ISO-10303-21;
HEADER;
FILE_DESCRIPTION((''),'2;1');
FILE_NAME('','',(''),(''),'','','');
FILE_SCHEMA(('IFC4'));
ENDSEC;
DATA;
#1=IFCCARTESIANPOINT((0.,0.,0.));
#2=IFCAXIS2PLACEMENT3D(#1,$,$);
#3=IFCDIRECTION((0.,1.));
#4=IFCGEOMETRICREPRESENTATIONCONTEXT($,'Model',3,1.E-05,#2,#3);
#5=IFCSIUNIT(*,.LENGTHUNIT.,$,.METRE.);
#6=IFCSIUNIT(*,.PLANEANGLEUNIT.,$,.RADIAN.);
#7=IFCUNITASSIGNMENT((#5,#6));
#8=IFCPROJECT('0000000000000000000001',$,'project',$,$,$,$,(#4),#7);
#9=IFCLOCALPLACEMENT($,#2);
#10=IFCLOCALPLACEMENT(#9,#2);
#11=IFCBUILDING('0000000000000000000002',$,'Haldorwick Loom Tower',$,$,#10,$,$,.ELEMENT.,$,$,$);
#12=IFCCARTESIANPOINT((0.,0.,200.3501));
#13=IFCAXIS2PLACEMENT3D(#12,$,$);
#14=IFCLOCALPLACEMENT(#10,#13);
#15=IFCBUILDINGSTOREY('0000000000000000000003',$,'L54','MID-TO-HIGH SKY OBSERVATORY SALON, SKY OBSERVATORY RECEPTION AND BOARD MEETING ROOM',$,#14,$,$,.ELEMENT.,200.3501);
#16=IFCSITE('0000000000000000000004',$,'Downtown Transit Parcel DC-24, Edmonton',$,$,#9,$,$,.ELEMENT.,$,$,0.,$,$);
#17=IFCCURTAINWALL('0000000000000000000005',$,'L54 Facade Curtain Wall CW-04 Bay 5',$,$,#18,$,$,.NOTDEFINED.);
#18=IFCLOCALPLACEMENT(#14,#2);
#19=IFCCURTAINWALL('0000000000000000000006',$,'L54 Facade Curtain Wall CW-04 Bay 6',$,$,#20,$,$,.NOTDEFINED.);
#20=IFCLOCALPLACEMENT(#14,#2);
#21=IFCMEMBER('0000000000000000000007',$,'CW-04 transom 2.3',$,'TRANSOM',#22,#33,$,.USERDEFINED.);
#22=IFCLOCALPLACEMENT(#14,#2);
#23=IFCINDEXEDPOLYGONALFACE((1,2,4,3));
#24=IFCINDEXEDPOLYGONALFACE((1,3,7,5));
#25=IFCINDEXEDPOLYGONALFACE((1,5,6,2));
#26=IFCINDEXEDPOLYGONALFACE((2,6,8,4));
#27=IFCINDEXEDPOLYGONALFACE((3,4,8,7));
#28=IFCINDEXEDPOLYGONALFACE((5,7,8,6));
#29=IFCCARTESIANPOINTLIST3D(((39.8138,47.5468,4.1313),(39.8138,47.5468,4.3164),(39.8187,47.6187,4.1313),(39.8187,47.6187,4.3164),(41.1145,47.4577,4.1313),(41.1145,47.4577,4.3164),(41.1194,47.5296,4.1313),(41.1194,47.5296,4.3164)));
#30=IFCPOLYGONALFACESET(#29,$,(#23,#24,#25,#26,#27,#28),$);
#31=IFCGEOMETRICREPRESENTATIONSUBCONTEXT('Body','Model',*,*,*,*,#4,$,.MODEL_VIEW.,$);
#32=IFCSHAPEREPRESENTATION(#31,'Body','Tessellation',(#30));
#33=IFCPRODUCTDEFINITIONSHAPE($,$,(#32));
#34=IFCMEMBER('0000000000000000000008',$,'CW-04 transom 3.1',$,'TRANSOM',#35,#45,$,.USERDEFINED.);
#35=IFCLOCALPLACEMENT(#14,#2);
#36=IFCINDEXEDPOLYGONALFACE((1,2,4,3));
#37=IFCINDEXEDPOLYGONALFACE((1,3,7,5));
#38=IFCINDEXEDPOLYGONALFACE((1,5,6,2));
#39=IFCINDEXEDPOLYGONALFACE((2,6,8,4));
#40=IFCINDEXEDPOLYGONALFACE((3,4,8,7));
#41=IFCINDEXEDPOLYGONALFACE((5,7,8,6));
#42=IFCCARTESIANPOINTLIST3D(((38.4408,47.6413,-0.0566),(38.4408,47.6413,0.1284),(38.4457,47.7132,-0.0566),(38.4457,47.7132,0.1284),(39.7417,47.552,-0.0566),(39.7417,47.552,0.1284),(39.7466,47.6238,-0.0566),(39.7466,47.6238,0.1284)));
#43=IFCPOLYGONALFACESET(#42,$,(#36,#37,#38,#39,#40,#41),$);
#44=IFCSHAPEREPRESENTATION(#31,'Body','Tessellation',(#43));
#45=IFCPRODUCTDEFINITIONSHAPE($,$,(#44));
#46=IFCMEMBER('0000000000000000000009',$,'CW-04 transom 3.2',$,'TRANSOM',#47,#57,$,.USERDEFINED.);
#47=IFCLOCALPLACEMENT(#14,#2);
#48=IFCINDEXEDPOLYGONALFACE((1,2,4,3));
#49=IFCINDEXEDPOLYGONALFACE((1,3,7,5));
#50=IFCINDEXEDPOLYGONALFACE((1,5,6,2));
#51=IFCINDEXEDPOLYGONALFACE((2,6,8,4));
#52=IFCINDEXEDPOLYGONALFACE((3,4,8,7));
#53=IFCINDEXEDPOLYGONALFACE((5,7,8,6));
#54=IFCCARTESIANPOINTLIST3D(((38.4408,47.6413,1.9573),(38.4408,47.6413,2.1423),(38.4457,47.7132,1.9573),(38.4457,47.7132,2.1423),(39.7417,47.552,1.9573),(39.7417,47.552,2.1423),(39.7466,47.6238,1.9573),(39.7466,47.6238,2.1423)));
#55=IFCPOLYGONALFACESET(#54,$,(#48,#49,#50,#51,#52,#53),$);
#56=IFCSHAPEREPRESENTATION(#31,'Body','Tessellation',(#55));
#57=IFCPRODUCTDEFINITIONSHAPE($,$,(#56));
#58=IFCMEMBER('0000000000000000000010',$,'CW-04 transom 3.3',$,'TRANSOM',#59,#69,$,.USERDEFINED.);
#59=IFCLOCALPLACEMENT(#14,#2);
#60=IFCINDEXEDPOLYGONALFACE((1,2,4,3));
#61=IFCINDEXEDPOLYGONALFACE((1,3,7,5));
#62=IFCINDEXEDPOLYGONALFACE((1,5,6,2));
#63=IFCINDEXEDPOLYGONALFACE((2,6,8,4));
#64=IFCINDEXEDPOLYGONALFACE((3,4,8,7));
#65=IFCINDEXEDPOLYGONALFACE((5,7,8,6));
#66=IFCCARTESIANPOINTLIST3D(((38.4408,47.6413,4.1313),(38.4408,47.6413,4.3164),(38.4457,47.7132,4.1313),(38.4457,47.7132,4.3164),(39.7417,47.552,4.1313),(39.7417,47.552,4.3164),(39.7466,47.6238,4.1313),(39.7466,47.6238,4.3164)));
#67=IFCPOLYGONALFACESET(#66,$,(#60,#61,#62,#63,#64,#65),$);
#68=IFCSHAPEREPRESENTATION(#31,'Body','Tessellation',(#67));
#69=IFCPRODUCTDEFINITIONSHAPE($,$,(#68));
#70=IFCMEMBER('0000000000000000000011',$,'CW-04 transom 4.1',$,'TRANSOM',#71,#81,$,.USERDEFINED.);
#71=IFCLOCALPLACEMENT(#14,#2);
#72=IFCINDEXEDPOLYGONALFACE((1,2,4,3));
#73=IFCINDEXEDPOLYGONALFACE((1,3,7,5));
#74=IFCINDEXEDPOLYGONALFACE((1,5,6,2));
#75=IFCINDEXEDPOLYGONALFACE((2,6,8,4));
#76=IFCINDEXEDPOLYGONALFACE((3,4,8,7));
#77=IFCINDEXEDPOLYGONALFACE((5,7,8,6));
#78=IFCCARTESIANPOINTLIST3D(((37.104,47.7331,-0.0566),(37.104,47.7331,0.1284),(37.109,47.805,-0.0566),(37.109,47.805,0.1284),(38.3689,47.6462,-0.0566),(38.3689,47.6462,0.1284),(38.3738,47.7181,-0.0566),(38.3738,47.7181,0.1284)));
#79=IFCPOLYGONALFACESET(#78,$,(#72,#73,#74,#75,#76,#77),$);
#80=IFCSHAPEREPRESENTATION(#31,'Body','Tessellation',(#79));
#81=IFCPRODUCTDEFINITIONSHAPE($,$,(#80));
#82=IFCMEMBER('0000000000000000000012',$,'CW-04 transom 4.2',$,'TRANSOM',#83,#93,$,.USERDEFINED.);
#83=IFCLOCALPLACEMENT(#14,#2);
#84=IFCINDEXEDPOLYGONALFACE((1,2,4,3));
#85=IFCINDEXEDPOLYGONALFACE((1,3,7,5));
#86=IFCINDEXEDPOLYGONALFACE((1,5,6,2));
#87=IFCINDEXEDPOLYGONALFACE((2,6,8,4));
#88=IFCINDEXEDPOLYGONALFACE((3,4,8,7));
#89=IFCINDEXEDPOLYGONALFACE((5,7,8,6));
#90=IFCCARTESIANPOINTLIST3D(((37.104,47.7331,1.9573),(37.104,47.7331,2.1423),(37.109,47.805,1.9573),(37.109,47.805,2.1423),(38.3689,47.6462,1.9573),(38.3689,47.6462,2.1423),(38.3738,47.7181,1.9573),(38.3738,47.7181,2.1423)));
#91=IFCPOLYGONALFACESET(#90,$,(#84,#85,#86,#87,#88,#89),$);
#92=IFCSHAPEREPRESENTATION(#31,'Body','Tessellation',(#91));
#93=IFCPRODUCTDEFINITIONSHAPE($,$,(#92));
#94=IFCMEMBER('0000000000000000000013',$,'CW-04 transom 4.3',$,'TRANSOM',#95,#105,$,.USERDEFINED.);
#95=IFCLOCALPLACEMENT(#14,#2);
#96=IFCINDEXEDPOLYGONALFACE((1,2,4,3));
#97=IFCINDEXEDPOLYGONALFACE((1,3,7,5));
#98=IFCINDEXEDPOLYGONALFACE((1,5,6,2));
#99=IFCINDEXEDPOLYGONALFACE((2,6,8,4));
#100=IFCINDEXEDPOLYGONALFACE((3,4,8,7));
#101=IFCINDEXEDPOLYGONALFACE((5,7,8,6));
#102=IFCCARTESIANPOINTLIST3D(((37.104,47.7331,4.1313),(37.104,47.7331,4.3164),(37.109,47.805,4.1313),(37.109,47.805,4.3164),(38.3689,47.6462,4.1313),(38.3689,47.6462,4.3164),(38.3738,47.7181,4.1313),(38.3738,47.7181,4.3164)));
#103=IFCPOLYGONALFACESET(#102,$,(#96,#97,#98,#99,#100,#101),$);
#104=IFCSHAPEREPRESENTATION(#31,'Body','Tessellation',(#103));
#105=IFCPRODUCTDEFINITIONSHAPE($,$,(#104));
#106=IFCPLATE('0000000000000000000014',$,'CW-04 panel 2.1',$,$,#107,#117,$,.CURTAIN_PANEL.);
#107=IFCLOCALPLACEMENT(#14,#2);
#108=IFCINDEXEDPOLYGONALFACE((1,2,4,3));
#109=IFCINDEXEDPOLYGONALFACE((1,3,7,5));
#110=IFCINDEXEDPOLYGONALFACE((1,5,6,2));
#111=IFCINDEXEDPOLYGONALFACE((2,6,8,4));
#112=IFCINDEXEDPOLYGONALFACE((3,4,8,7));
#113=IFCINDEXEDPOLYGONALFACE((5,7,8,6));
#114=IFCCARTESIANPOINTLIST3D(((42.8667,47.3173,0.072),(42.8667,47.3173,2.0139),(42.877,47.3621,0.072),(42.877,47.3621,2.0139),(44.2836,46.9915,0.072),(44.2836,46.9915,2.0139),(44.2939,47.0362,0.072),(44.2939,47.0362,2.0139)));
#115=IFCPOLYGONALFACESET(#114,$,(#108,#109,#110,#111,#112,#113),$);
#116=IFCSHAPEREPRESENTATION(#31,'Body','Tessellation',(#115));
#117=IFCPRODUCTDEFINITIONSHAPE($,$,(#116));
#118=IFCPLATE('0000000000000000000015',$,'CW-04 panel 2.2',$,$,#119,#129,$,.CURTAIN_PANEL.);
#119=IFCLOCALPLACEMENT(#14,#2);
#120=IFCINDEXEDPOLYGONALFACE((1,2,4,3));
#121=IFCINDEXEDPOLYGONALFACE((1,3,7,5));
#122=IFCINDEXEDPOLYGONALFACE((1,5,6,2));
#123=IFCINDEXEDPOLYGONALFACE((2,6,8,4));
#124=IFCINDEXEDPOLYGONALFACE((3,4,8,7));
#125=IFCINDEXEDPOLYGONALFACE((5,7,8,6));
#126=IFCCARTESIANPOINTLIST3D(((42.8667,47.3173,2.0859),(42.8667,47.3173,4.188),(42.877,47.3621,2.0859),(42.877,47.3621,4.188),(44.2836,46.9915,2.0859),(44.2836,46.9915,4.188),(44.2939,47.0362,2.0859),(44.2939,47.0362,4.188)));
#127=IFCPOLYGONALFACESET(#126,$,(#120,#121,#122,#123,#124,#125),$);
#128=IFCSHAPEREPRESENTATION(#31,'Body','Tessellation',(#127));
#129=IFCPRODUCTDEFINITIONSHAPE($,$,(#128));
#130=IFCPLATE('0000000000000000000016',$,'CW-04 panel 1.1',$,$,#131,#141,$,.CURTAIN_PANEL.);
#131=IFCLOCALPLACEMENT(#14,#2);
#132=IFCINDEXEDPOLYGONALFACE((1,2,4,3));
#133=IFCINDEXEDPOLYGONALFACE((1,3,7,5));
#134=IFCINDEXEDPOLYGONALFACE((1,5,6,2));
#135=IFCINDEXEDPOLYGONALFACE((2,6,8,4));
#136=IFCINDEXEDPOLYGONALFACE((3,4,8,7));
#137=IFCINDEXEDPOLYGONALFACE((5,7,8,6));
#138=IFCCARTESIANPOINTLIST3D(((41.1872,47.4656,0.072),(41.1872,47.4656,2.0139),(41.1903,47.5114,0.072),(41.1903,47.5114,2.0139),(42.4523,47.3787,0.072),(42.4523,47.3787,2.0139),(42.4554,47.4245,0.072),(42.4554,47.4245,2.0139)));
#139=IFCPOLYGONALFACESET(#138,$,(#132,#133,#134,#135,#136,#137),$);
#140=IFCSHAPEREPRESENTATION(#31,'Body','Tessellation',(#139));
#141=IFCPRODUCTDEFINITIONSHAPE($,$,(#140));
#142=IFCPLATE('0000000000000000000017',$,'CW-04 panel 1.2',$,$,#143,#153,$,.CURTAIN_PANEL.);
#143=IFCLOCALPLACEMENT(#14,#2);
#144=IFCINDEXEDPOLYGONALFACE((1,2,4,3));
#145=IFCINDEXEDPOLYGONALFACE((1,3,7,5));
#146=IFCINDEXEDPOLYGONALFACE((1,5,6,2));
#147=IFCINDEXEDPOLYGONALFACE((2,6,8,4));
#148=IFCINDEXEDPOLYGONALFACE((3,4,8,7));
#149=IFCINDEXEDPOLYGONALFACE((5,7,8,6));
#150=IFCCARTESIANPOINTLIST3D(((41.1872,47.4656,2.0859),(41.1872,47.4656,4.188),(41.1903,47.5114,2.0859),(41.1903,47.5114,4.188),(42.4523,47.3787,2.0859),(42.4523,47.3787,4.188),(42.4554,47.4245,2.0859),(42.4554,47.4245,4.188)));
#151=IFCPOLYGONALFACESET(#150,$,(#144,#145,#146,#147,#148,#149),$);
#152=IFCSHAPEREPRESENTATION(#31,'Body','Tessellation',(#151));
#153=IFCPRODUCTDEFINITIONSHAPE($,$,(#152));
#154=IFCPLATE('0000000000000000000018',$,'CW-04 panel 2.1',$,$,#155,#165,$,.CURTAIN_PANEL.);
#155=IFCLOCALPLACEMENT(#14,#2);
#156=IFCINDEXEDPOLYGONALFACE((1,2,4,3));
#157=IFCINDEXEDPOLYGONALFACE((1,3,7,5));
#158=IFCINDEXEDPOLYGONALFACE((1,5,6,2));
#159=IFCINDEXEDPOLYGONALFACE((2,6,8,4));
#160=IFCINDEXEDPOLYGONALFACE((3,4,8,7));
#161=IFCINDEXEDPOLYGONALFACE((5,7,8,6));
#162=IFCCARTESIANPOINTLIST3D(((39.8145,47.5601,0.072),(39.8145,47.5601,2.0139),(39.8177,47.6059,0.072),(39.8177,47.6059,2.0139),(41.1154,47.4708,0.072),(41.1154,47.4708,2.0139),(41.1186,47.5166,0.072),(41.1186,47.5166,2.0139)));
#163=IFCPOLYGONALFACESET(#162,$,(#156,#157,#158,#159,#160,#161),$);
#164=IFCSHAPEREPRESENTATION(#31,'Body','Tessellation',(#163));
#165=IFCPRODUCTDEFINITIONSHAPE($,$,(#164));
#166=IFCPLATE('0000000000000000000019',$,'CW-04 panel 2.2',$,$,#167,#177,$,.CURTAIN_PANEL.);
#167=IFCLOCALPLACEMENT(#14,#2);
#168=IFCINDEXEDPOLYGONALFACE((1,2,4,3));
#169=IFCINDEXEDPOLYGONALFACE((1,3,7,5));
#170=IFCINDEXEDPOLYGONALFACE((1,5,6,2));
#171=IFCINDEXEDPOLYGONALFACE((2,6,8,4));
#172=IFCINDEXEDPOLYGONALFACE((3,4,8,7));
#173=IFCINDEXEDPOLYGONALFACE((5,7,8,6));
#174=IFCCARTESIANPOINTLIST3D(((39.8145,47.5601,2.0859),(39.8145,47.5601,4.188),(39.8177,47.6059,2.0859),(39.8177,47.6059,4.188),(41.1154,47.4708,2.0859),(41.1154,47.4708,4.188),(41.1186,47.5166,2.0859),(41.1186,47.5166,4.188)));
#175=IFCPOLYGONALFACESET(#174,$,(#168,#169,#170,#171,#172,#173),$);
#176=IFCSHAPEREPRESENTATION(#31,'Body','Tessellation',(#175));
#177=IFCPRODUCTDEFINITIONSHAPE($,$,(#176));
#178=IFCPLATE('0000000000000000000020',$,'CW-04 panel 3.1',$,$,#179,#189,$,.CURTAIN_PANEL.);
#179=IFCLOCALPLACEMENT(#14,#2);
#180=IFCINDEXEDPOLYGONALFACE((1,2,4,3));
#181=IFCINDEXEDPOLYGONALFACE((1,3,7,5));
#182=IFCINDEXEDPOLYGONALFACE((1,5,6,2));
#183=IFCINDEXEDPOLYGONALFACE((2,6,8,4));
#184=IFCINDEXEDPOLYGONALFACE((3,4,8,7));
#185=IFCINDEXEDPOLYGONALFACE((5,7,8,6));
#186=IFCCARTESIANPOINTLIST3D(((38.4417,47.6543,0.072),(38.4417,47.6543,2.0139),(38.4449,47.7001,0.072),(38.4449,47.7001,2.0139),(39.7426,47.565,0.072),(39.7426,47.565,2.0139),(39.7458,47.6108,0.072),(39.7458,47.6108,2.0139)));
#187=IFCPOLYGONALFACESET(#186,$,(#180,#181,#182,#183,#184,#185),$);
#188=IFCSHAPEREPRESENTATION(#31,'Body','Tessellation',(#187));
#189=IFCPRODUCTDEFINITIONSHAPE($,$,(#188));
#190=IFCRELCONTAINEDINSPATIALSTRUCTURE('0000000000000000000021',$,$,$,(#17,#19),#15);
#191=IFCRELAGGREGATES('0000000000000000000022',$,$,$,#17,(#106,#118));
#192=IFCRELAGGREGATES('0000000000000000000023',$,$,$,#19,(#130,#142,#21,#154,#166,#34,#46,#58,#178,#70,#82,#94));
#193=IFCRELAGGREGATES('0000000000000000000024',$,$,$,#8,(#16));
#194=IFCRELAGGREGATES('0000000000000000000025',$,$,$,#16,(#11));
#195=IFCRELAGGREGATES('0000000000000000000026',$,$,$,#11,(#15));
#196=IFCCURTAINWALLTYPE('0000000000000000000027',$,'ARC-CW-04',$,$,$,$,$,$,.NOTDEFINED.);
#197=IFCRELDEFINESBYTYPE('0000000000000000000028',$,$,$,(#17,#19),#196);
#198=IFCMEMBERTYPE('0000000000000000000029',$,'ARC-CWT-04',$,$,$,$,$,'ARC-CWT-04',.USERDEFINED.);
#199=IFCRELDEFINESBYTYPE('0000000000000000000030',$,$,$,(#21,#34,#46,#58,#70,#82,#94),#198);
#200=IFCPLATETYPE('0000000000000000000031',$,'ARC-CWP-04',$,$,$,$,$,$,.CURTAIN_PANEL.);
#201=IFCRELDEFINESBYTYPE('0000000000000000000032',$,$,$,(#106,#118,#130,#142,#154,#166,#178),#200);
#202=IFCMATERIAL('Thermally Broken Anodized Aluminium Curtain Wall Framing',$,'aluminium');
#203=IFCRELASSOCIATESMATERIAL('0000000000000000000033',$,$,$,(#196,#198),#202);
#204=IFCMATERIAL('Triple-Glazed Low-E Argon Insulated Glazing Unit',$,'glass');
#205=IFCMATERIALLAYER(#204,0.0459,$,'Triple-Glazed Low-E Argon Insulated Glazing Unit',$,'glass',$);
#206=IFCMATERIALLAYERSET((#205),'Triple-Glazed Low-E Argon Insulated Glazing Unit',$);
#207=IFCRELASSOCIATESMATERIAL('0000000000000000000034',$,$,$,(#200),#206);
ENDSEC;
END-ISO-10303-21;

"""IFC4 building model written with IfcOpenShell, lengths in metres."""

from ifc_helpers import new_model, si_unit, direction, frame, origin, origin_2d, place, context, subcontext, project, spatial, rectangle, extrude, material, layer, layer_set, material_profile, profile_set, type_object, element, aggregate, save


model = new_model("IFC4")

# Units and contexts
model_context = context("Model", 3, precision=1e-05, world=origin(), true_north=direction((0.0, 1.0)))
body_context = subcontext(model_context, "Body", "Model", "MODEL_VIEW")
ifc_project = project(units=[si_unit("LENGTHUNIT", "METRE"), si_unit("PLANEANGLEUNIT", "RADIAN")], contexts=[model_context])

# Site, building, storey
site_placement = place(None, origin())
site = spatial("IfcSite", under=ifc_project, at=site_placement, Name="Downtown Transit Parcel DC-24, Edmonton", CompositionType="ELEMENT", RefElevation=0.0)
building_placement = place(site_placement, origin())
building = spatial("IfcBuilding", under=site, at=building_placement, Name="Haldorwick Loom Tower", CompositionType="ELEMENT")
storey_placement = place(building_placement, frame((0.0, 0.0, 200.3501)))
storey = spatial("IfcBuildingStorey", under=building, at=storey_placement, Name="L54", Description="MID-TO-HIGH SKY OBSERVATORY SALON, SKY OBSERVATORY RECEPTION AND BOARD MEETING ROOM", CompositionType="ELEMENT", Elevation=200.3501)

# Curtain wall
ifc_material_1 = material(Name="Thermally Broken Anodized Aluminium Curtain Wall Framing", Category="aluminium")
curtain_wall_type = type_object("IfcCurtainWallType", Name="ARC-CW-04", PredefinedType="NOTDEFINED", material=ifc_material_1)
curtain_wall_1_placement = place(storey_placement, origin())
curtain_wall_1 = element("IfcCurtainWall", 1, at=curtain_wall_1_placement, inside=storey, type_object=curtain_wall_type, Name="L54 Facade Curtain Wall CW-04 Bay 5", PredefinedType="NOTDEFINED")

# Curtain wall
curtain_wall_2_placement = place(storey_placement, origin())
curtain_wall_2 = element("IfcCurtainWall", 2, at=curtain_wall_2_placement, inside=storey, type_object=curtain_wall_type, Name="L54 Facade Curtain Wall CW-04 Bay 6", PredefinedType="NOTDEFINED")

# Members
ifc_material_profile_1 = material_profile(ifc_material_1, rectangle(XDim=0.072, YDim=0.1851, at=origin_2d()), Name="ALU_TRN_72X185", Category="aluminium")
ifc_profile_set_1 = profile_set([ifc_material_profile_1], Name="Thermally Broken Anodized Aluminium Curtain Wall Framing")
member_type_1 = type_object("IfcMemberType", Name="ARC-CWT-04", ElementType="ARC-CWT-04", PredefinedType="USERDEFINED", material=ifc_profile_set_1)
member_1_placement = place(storey_placement, frame((41.1169, 47.4937, 4.2239), z_axis=(-0.997662, 0.068346, 0.0), x_axis=(-0.068346, -0.997662, 0.0)))
member_1 = element("IfcMember", 3, at=member_1_placement, type_object=member_type_1, Name="CW-04 transom 2.3", ObjectType="TRANSOM", PredefinedType="USERDEFINED", context=body_context, shape_type="SweptSolid", body=[
    extrude(rectangle(XDim=0.072, YDim=0.1851, at=origin_2d()), origin(), (0.0, 0.0, 1.0), 1.3037),
])
member_2_placement = place(storey_placement, frame((39.7441, 47.5879, 0.0359), z_axis=(-0.997649, 0.068532, 0.0), x_axis=(-0.068532, -0.997649, 0.0)))
member_2 = element("IfcMember", 4, at=member_2_placement, type_object=member_type_1, Name="CW-04 transom 3.1", ObjectType="TRANSOM", PredefinedType="USERDEFINED", context=body_context, shape_type="SweptSolid", body=[
    extrude(rectangle(XDim=0.072, YDim=0.1851, at=origin_2d()), origin(), (0.0, 0.0, 1.0), 1.304),
])
member_3_placement = place(storey_placement, frame((39.7441, 47.5879, 2.0498), z_axis=(-0.997649, 0.068532, 0.0), x_axis=(-0.068532, -0.997649, 0.0)))
member_3 = element("IfcMember", 5, at=member_3_placement, type_object=member_type_1, Name="CW-04 transom 3.2", ObjectType="TRANSOM", PredefinedType="USERDEFINED", context=body_context, shape_type="SweptSolid", body=[
    extrude(rectangle(XDim=0.072, YDim=0.1851, at=origin_2d()), origin(), (0.0, 0.0, 1.0), 1.304),
])
member_4_placement = place(storey_placement, frame((39.7441, 47.5879, 4.2239), z_axis=(-0.997649, 0.068532, 0.0), x_axis=(-0.068532, -0.997649, 0.0)))
member_4 = element("IfcMember", 6, at=member_4_placement, type_object=member_type_1, Name="CW-04 transom 3.3", ObjectType="TRANSOM", PredefinedType="USERDEFINED", context=body_context, shape_type="SweptSolid", body=[
    extrude(rectangle(XDim=0.072, YDim=0.1851, at=origin_2d()), origin(), (0.0, 0.0, 1.0), 1.304),
])
member_5_placement = place(storey_placement, frame((38.3713, 47.6821, 0.0359), z_axis=(-0.997648, 0.068551, 0.0), x_axis=(-0.068551, -0.997648, 0.0)))
member_5 = element("IfcMember", 7, at=member_5_placement, type_object=member_type_1, Name="CW-04 transom 4.1", ObjectType="TRANSOM", PredefinedType="USERDEFINED", context=body_context, shape_type="SweptSolid", body=[
    extrude(rectangle(XDim=0.072, YDim=0.1851, at=origin_2d()), origin(), (0.0, 0.0, 1.0), 1.2678),
])
member_6_placement = place(storey_placement, frame((38.3713, 47.6821, 2.0498), z_axis=(-0.997648, 0.068551, 0.0), x_axis=(-0.068551, -0.997648, 0.0)))
member_6 = element("IfcMember", 8, at=member_6_placement, type_object=member_type_1, Name="CW-04 transom 4.2", ObjectType="TRANSOM", PredefinedType="USERDEFINED", context=body_context, shape_type="SweptSolid", body=[
    extrude(rectangle(XDim=0.072, YDim=0.1851, at=origin_2d()), origin(), (0.0, 0.0, 1.0), 1.2678),
])
member_7_placement = place(storey_placement, frame((38.3713, 47.6821, 4.2239), z_axis=(-0.997648, 0.068551, 0.0), x_axis=(-0.068551, -0.997648, 0.0)))
member_7 = element("IfcMember", 9, at=member_7_placement, type_object=member_type_1, Name="CW-04 transom 4.3", ObjectType="TRANSOM", PredefinedType="USERDEFINED", context=body_context, shape_type="SweptSolid", body=[
    extrude(rectangle(XDim=0.072, YDim=0.1851, at=origin_2d()), origin(), (0.0, 0.0, 1.0), 1.2678),
])

# Plates
ifc_material_2 = material(Name="Triple-Glazed Low-E Argon Insulated Glazing Unit", Category="glass")
ifc_layer = layer(ifc_material_2, 0.0459, Name="Triple-Glazed Low-E Argon Insulated Glazing Unit", Category="glass")
ifc_layer_set = layer_set([ifc_layer], Name="Triple-Glazed Low-E Argon Insulated Glazing Unit")
plate_type = type_object("IfcPlateType", Name="ARC-CWP-04", PredefinedType="CURTAIN_PANEL", material=ifc_layer_set)
plate_1_placement = place(storey_placement, frame((43.5803, 47.1768, 0.072), z_axis=(0.0, 0.0, 1.0), x_axis=(-0.974557, 0.224142, 0.0)))
plate_1 = element("IfcPlate", 10, at=plate_1_placement, type_object=plate_type, Name="CW-04 panel 2.1", PredefinedType="CURTAIN_PANEL", context=body_context, shape_type="SweptSolid", body=[
    extrude(rectangle(XDim=1.4539, YDim=0.0459, at=origin_2d()), origin(), (0.0, 0.0, 1.0), 1.9419),
])
plate_2_placement = place(storey_placement, frame((43.5803, 47.1768, 2.0859), z_axis=(0.0, 0.0, 1.0), x_axis=(-0.974557, 0.224142, 0.0)))
plate_2 = element("IfcPlate", 11, at=plate_2_placement, type_object=plate_type, Name="CW-04 panel 2.2", PredefinedType="CURTAIN_PANEL", context=body_context, shape_type="SweptSolid", body=[
    extrude(rectangle(XDim=1.4539, YDim=0.0459, at=origin_2d()), origin(), (0.0, 0.0, 1.0), 2.1021),
])
aggregate(curtain_wall_1, [plate_1, plate_2])
plate_3_placement = place(storey_placement, frame((41.8213, 47.4451, 0.072), z_axis=(0.0, 0.0, 1.0), x_axis=(-0.99765, 0.068513, 0.0)))
plate_3 = element("IfcPlate", 12, at=plate_3_placement, type_object=plate_type, Name="CW-04 panel 1.1", PredefinedType="CURTAIN_PANEL", context=body_context, shape_type="SweptSolid", body=[
    extrude(rectangle(XDim=1.2681, YDim=0.0459, at=origin_2d()), origin(), (0.0, 0.0, 1.0), 1.9419),
])
plate_4_placement = place(storey_placement, frame((41.8213, 47.4451, 2.0859), z_axis=(0.0, 0.0, 1.0), x_axis=(-0.99765, 0.068513, 0.0)))
plate_4 = element("IfcPlate", 13, at=plate_4_placement, type_object=plate_type, Name="CW-04 panel 1.2", PredefinedType="CURTAIN_PANEL", context=body_context, shape_type="SweptSolid", body=[
    extrude(rectangle(XDim=1.2681, YDim=0.0459, at=origin_2d()), origin(), (0.0, 0.0, 1.0), 2.1021),
])
plate_5_placement = place(storey_placement, frame((40.4666, 47.5383, 0.072), z_axis=(0.0, 0.0, 1.0), x_axis=(-0.99765, 0.068513, 0.0)))
plate_5 = element("IfcPlate", 14, at=plate_5_placement, type_object=plate_type, Name="CW-04 panel 2.1", PredefinedType="CURTAIN_PANEL", context=body_context, shape_type="SweptSolid", body=[
    extrude(rectangle(XDim=1.304, YDim=0.0459, at=origin_2d()), origin(), (0.0, 0.0, 1.0), 1.9419),
])
plate_6_placement = place(storey_placement, frame((40.4666, 47.5383, 2.0859), z_axis=(0.0, 0.0, 1.0), x_axis=(-0.99765, 0.068513, 0.0)))
plate_6 = element("IfcPlate", 15, at=plate_6_placement, type_object=plate_type, Name="CW-04 panel 2.2", PredefinedType="CURTAIN_PANEL", context=body_context, shape_type="SweptSolid", body=[
    extrude(rectangle(XDim=1.304, YDim=0.0459, at=origin_2d()), origin(), (0.0, 0.0, 1.0), 2.1021),
])
plate_7_placement = place(storey_placement, frame((39.0938, 47.6326, 0.072), z_axis=(0.0, 0.0, 1.0), x_axis=(-0.99765, 0.068513, 0.0)))
plate_7 = element("IfcPlate", 16, at=plate_7_placement, type_object=plate_type, Name="CW-04 panel 3.1", PredefinedType="CURTAIN_PANEL", context=body_context, shape_type="SweptSolid", body=[
    extrude(rectangle(XDim=1.304, YDim=0.0459, at=origin_2d()), origin(), (0.0, 0.0, 1.0), 1.9419),
])
aggregate(curtain_wall_2, [plate_3, plate_4, member_1, plate_5, plate_6, member_2, member_3, member_4, plate_7, member_5, member_6, member_7])

save(model, "model.ifc")
